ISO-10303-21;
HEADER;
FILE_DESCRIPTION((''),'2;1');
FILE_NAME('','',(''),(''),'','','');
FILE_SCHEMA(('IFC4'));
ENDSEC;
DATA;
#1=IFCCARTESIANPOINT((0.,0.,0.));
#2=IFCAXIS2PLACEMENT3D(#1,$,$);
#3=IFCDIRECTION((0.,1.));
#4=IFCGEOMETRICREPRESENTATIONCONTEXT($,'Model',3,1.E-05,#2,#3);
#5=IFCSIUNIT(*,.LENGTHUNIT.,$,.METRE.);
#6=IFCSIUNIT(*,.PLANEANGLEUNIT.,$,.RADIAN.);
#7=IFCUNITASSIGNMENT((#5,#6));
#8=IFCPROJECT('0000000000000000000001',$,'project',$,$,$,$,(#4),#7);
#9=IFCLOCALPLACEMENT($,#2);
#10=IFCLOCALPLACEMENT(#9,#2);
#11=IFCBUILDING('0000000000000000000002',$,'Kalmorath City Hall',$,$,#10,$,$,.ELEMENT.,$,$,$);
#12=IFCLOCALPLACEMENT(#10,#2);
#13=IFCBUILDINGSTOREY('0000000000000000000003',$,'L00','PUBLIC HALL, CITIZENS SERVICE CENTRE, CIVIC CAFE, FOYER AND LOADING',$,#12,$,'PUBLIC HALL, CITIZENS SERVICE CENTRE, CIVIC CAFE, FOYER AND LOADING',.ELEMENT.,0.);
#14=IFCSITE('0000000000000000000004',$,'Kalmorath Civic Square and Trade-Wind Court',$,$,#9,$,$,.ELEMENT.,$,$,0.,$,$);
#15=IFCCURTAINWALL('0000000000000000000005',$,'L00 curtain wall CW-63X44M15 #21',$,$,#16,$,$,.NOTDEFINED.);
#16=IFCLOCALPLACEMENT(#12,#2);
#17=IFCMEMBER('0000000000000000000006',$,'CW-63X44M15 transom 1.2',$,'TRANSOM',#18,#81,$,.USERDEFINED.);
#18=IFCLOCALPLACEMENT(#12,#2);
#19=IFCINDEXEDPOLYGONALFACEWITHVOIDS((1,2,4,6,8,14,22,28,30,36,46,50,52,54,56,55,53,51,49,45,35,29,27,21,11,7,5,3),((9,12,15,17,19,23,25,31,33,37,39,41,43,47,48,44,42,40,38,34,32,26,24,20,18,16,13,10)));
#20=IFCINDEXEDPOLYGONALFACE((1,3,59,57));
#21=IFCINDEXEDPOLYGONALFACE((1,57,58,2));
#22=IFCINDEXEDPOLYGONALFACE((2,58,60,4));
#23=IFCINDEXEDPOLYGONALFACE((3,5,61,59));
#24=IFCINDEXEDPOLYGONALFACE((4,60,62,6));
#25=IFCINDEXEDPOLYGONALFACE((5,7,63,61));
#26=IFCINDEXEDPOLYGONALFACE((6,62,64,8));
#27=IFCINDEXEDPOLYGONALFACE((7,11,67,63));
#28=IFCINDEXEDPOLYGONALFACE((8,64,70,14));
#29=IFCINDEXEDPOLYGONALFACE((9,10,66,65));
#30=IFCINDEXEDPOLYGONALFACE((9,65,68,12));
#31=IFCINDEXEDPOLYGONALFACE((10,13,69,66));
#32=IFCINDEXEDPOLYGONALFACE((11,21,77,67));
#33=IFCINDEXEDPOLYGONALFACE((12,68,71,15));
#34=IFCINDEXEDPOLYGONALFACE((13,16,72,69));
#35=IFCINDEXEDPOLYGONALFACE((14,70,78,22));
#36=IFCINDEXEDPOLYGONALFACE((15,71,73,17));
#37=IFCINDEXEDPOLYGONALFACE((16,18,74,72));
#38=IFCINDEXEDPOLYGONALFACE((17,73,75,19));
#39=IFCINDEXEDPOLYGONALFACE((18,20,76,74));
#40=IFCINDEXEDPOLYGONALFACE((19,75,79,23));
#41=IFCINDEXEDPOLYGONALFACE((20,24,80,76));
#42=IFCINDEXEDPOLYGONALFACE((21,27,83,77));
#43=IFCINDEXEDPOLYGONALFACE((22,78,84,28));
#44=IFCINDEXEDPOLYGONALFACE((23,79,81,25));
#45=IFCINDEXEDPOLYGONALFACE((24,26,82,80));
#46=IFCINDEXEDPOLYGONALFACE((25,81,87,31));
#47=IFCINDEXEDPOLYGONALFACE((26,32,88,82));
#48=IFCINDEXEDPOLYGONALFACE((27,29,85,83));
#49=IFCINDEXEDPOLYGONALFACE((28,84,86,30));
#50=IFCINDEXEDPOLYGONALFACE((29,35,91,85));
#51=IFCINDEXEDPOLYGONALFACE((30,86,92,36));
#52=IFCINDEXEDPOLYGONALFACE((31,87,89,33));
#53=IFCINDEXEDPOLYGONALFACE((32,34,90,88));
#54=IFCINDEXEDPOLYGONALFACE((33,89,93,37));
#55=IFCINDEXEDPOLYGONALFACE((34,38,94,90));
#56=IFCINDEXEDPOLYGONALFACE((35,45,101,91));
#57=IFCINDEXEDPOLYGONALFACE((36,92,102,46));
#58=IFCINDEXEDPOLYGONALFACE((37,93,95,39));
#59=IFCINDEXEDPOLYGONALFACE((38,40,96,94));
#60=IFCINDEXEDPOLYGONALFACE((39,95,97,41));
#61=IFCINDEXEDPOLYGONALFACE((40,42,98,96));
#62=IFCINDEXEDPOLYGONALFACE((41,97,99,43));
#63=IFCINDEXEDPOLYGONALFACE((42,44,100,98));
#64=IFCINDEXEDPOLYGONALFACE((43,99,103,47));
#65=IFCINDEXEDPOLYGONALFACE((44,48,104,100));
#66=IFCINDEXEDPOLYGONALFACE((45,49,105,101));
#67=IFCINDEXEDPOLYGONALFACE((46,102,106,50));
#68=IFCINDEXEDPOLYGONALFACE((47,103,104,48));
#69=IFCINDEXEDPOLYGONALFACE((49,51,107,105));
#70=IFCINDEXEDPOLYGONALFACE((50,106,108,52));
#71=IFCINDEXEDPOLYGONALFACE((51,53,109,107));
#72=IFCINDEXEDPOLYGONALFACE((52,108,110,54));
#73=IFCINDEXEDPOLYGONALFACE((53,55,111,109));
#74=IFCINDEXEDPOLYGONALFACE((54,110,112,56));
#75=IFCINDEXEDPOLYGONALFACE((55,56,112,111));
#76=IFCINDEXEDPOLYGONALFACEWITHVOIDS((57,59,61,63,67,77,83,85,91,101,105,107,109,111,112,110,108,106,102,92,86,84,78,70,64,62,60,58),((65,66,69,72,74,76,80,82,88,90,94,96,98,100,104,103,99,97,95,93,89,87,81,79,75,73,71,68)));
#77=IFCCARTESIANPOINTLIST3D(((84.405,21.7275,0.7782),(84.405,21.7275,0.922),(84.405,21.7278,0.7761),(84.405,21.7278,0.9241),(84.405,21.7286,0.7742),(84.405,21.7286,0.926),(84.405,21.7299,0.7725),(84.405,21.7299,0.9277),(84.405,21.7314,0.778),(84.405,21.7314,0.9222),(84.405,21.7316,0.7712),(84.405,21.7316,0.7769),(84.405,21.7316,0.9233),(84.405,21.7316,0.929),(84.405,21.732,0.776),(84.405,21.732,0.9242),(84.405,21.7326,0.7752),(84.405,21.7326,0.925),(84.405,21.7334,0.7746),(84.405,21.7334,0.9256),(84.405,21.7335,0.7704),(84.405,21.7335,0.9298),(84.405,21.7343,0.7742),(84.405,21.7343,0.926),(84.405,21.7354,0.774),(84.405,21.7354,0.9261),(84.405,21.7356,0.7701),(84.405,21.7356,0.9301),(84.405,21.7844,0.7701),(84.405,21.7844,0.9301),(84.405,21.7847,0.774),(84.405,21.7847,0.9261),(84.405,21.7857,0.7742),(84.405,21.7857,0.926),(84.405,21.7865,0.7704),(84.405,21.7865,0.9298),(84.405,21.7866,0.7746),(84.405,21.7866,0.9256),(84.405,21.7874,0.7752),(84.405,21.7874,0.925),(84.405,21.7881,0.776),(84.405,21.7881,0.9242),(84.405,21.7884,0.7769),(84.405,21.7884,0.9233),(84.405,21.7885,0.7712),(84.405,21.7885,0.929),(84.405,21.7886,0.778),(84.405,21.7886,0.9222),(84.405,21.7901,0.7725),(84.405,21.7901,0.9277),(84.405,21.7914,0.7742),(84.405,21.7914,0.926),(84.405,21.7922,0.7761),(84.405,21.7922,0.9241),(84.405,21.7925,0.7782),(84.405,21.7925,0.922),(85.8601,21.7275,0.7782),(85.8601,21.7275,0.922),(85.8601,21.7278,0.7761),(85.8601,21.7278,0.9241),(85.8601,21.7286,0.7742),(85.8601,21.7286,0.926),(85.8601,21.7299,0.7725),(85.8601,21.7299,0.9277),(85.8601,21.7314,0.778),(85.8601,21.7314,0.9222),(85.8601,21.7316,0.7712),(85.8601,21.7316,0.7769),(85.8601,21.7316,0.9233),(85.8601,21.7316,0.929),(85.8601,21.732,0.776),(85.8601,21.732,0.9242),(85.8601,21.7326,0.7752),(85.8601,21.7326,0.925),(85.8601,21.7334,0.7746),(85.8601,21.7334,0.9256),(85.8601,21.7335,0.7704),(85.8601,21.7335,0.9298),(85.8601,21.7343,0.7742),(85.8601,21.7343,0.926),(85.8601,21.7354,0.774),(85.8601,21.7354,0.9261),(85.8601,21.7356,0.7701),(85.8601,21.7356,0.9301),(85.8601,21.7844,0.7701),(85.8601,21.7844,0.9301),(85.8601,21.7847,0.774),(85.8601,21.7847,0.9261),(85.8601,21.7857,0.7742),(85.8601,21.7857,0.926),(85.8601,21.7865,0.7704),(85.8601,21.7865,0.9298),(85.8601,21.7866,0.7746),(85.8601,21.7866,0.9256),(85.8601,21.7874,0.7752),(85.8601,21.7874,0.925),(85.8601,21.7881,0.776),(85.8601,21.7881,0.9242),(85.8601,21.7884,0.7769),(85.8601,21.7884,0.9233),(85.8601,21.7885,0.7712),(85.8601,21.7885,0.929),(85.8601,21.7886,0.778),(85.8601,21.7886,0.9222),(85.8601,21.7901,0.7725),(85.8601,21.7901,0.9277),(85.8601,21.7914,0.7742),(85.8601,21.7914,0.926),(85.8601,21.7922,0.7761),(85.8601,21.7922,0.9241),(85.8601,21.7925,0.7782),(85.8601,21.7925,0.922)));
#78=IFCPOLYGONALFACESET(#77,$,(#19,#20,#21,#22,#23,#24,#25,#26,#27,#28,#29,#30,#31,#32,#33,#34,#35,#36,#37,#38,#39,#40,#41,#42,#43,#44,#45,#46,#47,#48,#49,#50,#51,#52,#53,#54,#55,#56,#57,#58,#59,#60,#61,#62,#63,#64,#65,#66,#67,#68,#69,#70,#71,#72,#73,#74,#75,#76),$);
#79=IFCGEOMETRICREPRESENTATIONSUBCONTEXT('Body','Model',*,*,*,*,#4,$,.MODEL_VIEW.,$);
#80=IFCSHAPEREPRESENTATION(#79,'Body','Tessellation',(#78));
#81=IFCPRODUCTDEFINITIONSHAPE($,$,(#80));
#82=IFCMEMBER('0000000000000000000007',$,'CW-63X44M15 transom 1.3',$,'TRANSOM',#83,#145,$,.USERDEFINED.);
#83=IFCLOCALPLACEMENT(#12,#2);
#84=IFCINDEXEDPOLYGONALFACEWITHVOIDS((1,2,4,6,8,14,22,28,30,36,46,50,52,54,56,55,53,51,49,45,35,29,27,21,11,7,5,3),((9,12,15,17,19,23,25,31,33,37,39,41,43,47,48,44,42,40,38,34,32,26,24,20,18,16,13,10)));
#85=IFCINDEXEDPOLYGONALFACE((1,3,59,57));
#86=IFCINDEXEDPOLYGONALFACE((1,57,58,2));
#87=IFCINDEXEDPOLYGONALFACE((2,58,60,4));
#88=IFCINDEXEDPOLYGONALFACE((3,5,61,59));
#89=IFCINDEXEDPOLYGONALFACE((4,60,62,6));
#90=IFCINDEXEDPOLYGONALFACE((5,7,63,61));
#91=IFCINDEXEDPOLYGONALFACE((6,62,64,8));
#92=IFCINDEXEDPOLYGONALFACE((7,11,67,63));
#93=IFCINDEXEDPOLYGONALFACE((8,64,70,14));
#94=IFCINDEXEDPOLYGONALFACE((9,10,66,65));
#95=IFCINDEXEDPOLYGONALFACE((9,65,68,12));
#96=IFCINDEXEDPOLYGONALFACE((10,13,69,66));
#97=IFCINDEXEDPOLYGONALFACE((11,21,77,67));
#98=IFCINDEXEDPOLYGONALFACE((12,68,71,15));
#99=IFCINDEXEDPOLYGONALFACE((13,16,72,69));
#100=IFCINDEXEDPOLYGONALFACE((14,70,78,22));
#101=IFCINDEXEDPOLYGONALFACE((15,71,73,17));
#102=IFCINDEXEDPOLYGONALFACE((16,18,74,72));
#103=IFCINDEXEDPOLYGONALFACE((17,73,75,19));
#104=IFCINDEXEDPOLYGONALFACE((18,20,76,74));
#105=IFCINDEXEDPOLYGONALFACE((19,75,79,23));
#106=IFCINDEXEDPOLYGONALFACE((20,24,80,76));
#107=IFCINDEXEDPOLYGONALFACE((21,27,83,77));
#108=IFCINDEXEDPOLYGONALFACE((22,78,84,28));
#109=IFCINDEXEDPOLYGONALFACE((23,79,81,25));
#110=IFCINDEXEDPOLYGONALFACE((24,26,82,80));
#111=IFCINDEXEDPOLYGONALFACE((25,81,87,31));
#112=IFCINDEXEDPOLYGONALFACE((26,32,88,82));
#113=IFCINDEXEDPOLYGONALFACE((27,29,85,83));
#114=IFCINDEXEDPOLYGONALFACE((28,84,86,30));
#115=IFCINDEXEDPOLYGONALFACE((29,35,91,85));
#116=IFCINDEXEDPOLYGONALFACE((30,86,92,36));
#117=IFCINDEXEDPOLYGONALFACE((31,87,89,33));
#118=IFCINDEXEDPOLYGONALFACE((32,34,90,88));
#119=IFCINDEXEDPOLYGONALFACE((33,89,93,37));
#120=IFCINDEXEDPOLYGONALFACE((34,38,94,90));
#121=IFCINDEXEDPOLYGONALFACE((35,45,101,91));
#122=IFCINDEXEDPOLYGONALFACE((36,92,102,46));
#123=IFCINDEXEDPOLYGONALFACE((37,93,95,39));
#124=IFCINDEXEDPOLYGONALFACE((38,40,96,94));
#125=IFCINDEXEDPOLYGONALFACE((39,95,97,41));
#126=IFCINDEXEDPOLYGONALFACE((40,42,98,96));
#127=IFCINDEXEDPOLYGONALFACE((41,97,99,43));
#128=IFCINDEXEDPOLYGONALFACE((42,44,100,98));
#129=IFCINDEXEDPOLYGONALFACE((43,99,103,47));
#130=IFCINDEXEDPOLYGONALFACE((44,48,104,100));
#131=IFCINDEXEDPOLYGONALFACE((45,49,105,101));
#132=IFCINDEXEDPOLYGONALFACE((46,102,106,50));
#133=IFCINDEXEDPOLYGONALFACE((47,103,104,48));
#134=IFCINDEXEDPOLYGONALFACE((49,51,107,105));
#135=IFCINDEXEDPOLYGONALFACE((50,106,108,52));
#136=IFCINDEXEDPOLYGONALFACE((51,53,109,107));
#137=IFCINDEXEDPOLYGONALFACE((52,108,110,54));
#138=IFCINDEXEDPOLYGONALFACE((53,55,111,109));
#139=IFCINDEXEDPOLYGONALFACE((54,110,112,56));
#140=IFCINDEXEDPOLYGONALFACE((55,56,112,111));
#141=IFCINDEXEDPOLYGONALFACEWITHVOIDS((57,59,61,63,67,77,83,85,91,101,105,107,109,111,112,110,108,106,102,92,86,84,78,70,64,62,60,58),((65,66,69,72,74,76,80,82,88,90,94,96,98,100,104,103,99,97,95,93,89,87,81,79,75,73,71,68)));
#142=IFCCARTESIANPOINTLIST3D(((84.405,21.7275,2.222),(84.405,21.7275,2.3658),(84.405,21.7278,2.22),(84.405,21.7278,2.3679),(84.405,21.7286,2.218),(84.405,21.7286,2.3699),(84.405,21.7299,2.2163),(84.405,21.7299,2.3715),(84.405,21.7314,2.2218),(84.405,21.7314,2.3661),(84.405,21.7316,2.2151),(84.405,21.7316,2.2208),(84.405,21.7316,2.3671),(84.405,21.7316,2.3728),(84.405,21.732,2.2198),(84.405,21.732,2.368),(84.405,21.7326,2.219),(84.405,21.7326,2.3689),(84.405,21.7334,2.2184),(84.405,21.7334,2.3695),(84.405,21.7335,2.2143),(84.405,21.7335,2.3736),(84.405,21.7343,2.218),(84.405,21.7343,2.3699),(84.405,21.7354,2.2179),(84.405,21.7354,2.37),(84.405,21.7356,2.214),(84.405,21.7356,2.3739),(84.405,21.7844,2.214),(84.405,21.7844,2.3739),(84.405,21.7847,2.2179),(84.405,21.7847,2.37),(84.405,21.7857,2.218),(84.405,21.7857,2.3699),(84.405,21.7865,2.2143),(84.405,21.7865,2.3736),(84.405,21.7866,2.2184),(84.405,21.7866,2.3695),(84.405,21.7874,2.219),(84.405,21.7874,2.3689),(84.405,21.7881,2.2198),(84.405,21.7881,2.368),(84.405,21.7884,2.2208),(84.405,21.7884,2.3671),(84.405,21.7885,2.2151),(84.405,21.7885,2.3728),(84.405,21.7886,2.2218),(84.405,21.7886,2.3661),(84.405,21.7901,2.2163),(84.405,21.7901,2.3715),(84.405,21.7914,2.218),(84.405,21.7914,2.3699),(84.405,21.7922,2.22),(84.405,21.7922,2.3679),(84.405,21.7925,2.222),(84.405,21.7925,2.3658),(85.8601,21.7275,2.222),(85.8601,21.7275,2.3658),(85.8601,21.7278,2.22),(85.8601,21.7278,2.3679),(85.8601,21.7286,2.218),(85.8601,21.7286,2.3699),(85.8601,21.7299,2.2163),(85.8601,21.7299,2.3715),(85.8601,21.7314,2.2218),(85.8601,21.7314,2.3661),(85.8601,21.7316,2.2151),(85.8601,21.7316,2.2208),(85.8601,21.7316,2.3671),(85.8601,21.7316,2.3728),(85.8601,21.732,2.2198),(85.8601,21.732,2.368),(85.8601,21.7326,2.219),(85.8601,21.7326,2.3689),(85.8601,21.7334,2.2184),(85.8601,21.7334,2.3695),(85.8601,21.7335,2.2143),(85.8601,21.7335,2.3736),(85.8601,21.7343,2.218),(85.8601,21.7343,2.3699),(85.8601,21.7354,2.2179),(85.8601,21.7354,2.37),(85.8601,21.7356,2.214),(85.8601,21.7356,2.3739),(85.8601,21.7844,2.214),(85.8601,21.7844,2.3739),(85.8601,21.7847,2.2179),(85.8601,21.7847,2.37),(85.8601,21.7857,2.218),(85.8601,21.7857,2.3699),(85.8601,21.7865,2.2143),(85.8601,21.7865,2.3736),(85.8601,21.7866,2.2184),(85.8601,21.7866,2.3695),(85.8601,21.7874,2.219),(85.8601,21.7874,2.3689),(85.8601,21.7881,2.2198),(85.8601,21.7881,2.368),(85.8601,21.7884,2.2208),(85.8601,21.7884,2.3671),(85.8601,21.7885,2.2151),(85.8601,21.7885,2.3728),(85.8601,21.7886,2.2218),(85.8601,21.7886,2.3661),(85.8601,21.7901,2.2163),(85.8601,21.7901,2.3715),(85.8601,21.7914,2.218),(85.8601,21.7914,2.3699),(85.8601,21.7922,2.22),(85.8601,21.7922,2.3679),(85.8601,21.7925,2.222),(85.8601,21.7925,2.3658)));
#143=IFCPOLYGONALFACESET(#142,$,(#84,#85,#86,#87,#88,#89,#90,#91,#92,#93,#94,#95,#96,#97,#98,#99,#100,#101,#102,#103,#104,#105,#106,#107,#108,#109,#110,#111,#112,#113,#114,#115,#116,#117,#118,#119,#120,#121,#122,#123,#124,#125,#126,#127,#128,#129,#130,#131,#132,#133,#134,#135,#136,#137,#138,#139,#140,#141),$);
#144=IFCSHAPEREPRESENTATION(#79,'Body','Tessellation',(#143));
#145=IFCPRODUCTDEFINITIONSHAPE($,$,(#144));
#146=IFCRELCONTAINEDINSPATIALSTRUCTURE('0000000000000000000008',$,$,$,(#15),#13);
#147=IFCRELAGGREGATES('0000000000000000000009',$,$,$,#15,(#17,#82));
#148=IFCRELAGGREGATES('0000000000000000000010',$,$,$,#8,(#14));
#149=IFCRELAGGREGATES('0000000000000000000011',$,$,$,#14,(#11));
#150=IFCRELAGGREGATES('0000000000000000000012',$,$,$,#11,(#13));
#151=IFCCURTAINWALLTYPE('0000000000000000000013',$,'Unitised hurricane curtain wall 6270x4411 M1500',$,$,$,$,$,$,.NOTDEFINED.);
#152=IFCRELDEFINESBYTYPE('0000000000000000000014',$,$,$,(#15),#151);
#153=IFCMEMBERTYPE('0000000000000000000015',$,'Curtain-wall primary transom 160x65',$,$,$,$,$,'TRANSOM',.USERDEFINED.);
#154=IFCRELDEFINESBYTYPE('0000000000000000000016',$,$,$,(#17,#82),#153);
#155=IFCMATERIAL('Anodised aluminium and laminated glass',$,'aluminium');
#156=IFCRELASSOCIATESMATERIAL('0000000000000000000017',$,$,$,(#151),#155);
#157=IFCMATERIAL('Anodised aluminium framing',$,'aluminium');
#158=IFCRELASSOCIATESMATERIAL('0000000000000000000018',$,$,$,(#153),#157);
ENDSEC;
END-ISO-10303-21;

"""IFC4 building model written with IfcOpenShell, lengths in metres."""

from ifc_helpers import new_model, si_unit, direction, frame, origin, origin_2d, place, context, subcontext, project, spatial, hollow_rectangle, extrude, material, material_profile, profile_set, type_object, element, aggregate, save


model = new_model("IFC4")

# Units and contexts
model_context = context("Model", 3, precision=1e-05, world=origin(), true_north=direction((0.0, 1.0)))
body_context = subcontext(model_context, "Body", "Model", "MODEL_VIEW")
ifc_project = project(units=[si_unit("LENGTHUNIT", "METRE"), si_unit("PLANEANGLEUNIT", "RADIAN")], contexts=[model_context])

# Site, building, storey
site_placement = place(None, origin())
site = spatial("IfcSite", under=ifc_project, at=site_placement, Name="Kalmorath Civic Square and Trade-Wind Court", CompositionType="ELEMENT", RefElevation=0.0)
building_placement = place(site_placement, origin())
building = spatial("IfcBuilding", under=site, at=building_placement, Name="Kalmorath City Hall", CompositionType="ELEMENT")
storey_placement = place(building_placement, origin())
storey = spatial("IfcBuildingStorey", under=building, at=storey_placement, Name="L00", Description="PUBLIC HALL, CITIZENS SERVICE CENTRE, CIVIC CAFE, FOYER AND LOADING", LongName="PUBLIC HALL, CITIZENS SERVICE CENTRE, CIVIC CAFE, FOYER AND LOADING", CompositionType="ELEMENT", Elevation=0.0)

# Curtain wall, members
ifc_material_1 = material(Name="Anodised aluminium and laminated glass", Category="aluminium")
curtain_wall_type = type_object("IfcCurtainWallType", Name="Unitised hurricane curtain wall 6270x4411 M1500", PredefinedType="NOTDEFINED", material=ifc_material_1)
curtain_wall_placement = place(storey_placement, origin())
curtain_wall = element("IfcCurtainWall", 1, at=curtain_wall_placement, inside=storey, type_object=curtain_wall_type, Name="L00 curtain wall CW-63X44M15 #21", PredefinedType="NOTDEFINED")
ifc_material_2 = material(Name="Anodised aluminium framing", Category="aluminium")
ifc_material_profile_1 = material_profile(ifc_material_2, hollow_rectangle(XDim=0.0649, YDim=0.1599, WallThickness=0.0039, InnerFilletRadius=0.0039, OuterFilletRadius=0.0081, at=origin_2d()), Name="ALU-TRN-160X65X4")
ifc_profile_set_1 = profile_set([ifc_material_profile_1], Name="Anodised aluminium framing")
member_type_1 = type_object("IfcMemberType", Name="Curtain-wall primary transom 160x65", ElementType="TRANSOM", PredefinedType="USERDEFINED", material=ifc_profile_set_1)
member_1_placement = place(storey_placement, frame((85.8601, 21.76, 0.8501), z_axis=(-1.0, 0.0, 0.0), x_axis=(0.0, -1.0, 0.0)))
member_1 = element("IfcMember", 2, at=member_1_placement, type_object=member_type_1, Name="CW-63X44M15 transom 1.2", ObjectType="TRANSOM", PredefinedType="USERDEFINED", context=body_context, shape_type="SweptSolid", body=[
    extrude(hollow_rectangle(XDim=0.0649, YDim=0.1599, WallThickness=0.0039, InnerFilletRadius=0.0039, OuterFilletRadius=0.0081, at=origin_2d()), origin(), (0.0, 0.0, 1.0), 1.4551),
])
member_2_placement = place(storey_placement, frame((85.8601, 21.76, 2.2939), z_axis=(-1.0, 0.0, 0.0), x_axis=(0.0, -1.0, 0.0)))
member_2 = element("IfcMember", 3, at=member_2_placement, type_object=member_type_1, Name="CW-63X44M15 transom 1.3", ObjectType="TRANSOM", PredefinedType="USERDEFINED", context=body_context, shape_type="SweptSolid", body=[
    extrude(hollow_rectangle(XDim=0.0649, YDim=0.1599, WallThickness=0.0039, InnerFilletRadius=0.0039, OuterFilletRadius=0.0081, at=origin_2d()), origin(), (0.0, 0.0, 1.0), 1.4551),
])

aggregate(curtain_wall, [member_1, member_2])

save(model, "model.ifc")
